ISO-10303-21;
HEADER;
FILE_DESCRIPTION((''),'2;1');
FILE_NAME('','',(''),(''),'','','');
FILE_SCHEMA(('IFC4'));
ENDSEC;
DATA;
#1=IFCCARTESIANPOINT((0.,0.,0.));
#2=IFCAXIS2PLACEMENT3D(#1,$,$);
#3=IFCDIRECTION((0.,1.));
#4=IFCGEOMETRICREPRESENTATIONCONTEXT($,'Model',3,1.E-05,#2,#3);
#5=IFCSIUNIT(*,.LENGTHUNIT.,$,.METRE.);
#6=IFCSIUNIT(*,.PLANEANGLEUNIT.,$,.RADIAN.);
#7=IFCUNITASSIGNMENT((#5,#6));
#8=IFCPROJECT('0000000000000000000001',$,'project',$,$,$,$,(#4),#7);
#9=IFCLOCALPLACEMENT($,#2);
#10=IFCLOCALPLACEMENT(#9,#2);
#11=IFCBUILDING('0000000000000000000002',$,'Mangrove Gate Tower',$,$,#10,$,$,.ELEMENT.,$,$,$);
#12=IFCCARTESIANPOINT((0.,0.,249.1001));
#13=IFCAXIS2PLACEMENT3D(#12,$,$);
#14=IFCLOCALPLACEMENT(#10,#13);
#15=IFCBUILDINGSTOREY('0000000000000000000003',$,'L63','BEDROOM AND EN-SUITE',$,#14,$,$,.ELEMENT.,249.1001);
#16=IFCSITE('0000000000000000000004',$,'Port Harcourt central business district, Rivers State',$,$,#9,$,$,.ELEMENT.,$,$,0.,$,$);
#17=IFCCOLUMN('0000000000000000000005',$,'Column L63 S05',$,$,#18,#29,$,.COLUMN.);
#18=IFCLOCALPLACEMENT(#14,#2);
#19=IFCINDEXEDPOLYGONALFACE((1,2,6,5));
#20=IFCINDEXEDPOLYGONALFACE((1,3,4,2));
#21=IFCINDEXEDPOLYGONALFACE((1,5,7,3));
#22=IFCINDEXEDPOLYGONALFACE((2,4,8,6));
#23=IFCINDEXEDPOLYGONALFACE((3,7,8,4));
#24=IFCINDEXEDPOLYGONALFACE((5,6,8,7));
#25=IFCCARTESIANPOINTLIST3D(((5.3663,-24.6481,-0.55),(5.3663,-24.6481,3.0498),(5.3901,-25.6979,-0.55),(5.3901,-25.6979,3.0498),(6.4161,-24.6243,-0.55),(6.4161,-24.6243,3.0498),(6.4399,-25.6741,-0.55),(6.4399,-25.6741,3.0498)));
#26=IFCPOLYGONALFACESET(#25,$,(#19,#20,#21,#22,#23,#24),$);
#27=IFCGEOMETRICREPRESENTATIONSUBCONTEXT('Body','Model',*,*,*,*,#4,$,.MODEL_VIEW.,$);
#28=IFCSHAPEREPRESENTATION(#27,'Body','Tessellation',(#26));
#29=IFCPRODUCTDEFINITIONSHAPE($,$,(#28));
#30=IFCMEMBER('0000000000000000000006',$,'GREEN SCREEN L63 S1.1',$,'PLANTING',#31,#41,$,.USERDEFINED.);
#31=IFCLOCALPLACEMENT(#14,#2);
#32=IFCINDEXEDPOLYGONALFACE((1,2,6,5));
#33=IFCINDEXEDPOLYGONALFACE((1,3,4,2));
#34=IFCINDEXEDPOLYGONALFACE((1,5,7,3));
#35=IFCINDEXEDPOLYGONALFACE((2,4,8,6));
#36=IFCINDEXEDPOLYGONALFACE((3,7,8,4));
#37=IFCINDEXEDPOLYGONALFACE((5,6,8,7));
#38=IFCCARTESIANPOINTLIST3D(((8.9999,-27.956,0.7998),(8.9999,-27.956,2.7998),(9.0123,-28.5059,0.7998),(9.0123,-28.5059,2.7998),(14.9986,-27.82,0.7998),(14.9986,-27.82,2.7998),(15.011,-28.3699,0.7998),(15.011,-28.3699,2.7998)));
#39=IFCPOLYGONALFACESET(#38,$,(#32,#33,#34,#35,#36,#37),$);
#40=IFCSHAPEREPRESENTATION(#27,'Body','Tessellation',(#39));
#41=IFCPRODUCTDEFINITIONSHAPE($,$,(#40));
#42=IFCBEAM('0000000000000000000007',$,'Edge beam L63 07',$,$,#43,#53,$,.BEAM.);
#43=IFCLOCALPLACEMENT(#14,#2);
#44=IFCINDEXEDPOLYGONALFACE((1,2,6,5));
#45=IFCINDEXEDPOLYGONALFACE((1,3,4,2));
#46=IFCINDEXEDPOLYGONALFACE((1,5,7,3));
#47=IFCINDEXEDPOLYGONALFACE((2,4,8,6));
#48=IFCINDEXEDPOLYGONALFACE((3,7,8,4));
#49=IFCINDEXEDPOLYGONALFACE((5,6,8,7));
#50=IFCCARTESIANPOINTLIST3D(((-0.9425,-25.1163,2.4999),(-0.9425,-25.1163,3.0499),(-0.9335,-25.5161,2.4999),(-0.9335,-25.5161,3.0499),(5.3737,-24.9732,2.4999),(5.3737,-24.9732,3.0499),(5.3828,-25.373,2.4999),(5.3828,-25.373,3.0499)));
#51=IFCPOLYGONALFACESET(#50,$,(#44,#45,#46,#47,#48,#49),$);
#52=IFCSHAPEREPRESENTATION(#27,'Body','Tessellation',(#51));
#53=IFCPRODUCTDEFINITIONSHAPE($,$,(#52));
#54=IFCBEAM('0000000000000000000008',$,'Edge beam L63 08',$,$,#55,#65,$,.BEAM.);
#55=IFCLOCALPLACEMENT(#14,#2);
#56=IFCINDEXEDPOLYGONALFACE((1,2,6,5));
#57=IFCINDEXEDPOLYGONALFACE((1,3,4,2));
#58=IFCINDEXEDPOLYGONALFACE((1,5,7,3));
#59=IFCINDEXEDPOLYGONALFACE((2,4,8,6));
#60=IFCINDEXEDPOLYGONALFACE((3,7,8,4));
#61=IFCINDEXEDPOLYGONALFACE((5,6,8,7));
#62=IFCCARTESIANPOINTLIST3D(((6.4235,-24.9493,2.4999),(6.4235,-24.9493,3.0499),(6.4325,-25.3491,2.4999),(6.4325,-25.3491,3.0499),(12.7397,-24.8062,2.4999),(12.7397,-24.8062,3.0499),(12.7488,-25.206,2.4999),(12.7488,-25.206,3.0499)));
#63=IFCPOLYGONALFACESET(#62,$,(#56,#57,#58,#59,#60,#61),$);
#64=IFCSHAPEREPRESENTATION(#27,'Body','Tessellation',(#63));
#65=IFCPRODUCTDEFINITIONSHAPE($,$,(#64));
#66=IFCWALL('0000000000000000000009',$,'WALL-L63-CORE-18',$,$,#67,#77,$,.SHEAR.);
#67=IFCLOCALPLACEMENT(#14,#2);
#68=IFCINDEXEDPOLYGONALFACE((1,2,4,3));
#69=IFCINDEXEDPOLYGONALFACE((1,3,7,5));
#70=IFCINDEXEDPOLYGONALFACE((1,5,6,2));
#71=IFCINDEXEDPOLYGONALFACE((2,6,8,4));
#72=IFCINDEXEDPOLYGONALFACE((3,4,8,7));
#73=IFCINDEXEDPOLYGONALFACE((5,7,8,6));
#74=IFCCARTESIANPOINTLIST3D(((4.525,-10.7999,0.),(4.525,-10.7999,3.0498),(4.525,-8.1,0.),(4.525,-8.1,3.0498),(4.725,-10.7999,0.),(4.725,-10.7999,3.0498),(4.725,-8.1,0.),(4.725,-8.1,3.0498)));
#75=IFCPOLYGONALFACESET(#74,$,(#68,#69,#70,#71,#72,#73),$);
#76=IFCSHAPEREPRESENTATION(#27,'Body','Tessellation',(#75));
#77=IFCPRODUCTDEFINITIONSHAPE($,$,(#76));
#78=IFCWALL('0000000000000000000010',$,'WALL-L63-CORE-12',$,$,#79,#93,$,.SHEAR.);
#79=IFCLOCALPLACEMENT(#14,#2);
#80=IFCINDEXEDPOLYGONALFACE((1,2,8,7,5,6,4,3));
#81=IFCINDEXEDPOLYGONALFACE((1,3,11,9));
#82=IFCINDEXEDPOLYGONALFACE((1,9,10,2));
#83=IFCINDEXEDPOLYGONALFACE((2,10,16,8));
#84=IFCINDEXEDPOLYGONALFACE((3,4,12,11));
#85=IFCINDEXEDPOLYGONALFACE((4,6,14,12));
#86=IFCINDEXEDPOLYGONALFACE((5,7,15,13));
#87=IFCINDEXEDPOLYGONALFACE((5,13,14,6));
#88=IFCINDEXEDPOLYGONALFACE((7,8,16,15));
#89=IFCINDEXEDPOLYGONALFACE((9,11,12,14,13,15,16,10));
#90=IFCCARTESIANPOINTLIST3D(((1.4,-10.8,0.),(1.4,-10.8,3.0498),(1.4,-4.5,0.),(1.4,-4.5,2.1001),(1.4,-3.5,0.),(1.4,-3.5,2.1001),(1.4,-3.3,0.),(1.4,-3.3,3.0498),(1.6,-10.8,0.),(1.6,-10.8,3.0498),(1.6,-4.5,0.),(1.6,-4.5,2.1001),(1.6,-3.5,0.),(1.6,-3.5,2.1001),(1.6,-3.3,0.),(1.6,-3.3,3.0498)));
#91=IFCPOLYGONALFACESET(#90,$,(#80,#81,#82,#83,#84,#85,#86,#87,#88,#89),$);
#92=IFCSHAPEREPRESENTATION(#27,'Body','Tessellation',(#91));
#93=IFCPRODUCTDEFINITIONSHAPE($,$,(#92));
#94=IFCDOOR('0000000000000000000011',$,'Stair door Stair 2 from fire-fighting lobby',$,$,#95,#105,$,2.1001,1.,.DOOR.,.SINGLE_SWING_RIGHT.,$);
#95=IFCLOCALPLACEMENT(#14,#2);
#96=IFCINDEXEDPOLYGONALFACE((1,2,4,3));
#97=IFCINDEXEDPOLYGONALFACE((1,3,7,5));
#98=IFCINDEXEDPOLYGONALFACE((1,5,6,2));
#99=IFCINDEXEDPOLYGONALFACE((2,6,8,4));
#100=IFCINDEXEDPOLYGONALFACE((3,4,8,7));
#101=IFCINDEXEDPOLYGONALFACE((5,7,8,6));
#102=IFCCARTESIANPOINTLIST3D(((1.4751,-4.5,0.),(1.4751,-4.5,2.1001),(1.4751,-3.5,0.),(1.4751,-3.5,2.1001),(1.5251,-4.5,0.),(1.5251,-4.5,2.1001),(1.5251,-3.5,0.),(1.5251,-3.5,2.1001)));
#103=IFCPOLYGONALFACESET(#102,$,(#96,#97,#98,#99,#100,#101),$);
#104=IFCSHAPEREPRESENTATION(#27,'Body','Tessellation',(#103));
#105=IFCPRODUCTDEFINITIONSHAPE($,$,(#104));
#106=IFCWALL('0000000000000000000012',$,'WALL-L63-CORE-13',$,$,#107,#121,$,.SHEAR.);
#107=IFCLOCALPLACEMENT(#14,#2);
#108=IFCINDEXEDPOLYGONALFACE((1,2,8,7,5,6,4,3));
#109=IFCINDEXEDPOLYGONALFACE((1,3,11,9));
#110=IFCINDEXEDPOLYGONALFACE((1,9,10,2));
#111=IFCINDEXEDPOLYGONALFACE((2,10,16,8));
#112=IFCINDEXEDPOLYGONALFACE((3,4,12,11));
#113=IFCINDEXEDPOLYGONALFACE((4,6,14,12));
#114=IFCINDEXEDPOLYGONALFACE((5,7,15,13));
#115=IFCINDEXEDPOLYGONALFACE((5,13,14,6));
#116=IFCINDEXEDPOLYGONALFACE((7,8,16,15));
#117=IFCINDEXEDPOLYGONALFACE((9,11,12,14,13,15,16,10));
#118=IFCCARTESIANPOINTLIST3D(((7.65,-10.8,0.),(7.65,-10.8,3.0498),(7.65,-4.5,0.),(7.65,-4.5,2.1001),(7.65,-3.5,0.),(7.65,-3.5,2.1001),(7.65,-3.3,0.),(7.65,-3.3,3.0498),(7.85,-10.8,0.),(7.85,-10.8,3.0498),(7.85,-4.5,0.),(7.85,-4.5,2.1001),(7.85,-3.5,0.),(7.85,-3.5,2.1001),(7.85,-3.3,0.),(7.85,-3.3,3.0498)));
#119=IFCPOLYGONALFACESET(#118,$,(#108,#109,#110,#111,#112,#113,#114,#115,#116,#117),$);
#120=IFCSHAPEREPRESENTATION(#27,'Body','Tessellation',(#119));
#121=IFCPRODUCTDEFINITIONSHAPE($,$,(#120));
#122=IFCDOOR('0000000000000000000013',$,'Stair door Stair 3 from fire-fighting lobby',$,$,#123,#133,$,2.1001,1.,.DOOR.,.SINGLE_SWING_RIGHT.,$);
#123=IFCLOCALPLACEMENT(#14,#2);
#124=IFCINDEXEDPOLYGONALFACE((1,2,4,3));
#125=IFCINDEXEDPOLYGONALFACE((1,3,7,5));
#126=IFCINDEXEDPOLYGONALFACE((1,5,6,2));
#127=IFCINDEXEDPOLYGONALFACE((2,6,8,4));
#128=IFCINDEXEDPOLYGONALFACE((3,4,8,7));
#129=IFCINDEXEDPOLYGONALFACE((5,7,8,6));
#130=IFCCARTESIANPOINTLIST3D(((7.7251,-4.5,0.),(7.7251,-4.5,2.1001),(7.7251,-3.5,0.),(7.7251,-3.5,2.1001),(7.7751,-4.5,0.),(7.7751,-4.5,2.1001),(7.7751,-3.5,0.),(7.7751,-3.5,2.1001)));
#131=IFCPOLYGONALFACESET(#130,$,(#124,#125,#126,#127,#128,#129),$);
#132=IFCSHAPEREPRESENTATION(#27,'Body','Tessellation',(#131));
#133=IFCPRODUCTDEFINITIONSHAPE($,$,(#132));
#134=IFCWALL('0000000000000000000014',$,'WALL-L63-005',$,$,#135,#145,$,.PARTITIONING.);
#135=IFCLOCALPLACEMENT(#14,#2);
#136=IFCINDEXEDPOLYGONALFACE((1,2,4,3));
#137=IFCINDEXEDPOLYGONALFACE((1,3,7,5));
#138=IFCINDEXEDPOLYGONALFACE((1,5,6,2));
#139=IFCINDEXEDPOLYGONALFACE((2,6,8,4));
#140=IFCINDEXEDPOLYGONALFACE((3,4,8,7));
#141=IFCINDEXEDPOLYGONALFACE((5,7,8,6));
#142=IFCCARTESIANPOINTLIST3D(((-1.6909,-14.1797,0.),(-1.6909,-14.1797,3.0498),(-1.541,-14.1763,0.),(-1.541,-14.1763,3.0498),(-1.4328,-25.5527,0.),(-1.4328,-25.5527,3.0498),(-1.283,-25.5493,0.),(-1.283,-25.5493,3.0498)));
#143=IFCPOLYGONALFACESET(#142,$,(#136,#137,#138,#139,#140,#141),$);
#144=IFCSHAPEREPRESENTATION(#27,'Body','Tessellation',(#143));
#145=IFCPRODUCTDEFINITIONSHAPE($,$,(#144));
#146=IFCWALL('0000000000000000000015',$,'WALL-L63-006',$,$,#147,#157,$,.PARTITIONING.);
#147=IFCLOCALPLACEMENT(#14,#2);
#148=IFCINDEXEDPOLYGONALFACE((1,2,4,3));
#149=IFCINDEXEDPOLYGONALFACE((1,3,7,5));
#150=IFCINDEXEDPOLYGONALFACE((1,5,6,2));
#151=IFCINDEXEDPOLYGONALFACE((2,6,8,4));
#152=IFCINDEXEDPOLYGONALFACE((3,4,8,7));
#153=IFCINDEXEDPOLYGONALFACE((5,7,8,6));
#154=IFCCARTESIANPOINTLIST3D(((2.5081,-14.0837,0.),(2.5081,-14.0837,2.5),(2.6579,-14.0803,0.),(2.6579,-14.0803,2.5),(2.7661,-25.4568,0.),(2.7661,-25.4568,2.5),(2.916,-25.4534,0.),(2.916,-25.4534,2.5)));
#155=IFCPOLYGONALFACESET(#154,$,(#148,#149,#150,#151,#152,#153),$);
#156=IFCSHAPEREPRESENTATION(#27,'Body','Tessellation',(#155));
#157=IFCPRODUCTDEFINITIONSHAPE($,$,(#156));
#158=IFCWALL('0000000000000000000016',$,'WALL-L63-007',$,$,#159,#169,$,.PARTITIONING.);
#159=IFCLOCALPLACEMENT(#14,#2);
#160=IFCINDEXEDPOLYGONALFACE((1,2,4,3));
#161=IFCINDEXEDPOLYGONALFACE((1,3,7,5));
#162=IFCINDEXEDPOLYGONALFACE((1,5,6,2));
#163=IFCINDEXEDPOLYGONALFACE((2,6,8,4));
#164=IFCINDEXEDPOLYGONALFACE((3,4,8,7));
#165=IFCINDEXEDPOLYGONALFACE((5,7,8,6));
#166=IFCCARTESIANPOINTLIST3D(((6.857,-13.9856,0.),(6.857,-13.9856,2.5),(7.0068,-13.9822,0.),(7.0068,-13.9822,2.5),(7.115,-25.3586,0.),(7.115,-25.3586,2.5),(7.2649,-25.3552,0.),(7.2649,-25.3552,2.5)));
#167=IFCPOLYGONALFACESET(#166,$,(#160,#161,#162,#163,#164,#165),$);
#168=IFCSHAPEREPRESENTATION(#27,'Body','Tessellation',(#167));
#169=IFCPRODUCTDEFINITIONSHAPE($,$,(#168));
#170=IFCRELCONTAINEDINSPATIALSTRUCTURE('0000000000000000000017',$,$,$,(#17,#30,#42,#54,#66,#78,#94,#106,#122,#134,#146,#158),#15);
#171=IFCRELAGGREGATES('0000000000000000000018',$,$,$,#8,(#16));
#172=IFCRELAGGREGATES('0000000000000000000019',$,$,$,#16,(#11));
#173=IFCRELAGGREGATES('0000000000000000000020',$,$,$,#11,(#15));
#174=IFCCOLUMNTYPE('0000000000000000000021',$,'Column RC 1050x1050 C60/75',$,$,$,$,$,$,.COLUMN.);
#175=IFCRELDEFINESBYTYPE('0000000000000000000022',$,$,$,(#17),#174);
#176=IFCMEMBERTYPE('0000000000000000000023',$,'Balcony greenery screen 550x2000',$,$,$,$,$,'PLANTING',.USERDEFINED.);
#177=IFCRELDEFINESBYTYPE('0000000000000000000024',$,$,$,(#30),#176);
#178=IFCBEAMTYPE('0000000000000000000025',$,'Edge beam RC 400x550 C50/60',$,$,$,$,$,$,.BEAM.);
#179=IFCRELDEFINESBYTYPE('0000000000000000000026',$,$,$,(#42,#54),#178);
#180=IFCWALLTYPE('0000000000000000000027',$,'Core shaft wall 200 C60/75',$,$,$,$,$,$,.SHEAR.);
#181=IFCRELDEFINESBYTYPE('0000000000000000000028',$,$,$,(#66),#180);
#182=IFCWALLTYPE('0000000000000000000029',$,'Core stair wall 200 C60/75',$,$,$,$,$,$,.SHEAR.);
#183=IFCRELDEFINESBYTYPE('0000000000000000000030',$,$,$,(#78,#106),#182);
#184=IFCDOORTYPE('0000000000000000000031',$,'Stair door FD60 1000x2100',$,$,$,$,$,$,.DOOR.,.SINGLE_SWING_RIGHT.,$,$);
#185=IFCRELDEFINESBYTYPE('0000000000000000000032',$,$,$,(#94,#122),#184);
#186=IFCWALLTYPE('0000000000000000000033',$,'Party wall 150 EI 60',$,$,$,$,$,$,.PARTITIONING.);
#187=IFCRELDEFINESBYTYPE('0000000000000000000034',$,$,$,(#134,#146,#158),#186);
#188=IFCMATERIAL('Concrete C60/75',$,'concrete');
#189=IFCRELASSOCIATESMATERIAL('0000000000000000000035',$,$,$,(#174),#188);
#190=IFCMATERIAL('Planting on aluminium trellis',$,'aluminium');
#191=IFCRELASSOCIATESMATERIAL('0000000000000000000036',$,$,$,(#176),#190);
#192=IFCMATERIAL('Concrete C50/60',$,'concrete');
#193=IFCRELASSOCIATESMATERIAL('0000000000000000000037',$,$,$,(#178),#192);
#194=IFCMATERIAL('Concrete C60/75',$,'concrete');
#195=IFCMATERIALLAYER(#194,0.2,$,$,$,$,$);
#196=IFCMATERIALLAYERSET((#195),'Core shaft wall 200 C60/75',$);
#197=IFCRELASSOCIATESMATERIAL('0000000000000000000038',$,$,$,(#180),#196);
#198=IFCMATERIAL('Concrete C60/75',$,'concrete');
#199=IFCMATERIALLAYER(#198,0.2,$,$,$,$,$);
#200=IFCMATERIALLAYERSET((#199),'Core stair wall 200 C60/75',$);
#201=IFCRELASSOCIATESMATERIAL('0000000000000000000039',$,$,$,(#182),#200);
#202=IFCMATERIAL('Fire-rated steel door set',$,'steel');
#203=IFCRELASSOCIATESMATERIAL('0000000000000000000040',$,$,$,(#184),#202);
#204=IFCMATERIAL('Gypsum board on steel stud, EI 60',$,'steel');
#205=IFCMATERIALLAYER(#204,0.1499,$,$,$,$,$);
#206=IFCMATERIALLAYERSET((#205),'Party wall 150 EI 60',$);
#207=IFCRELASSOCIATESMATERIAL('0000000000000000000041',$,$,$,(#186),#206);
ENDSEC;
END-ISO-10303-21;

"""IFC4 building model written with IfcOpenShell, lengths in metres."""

from ifc_helpers import new_model, si_unit, direction, frame, frame_2d, origin, origin_2d, place, context, subcontext, project, spatial, rectangle, extrude, material, layer, layer_set, material_profile, profile_set, type_object, element, fill, save


model = new_model("IFC4")

# Units and contexts
model_context = context("Model", 3, precision=1e-05, world=origin(), true_north=direction((0.0, 1.0)))
body_context = subcontext(model_context, "Body", "Model", "MODEL_VIEW")
ifc_project = project(units=[si_unit("LENGTHUNIT", "METRE"), si_unit("PLANEANGLEUNIT", "RADIAN")], contexts=[model_context])

# Site, building, storey
site_placement = place(None, origin())
site = spatial("IfcSite", under=ifc_project, at=site_placement, Name="Port Harcourt central business district, Rivers State", CompositionType="ELEMENT", RefElevation=0.0)
building_placement = place(site_placement, origin())
building = spatial("IfcBuilding", under=site, at=building_placement, Name="Mangrove Gate Tower", CompositionType="ELEMENT")
storey_placement = place(building_placement, frame((0.0, 0.0, 249.1001)))
storey = spatial("IfcBuildingStorey", under=building, at=storey_placement, Name="L63", Description="BEDROOM AND EN-SUITE", CompositionType="ELEMENT", Elevation=249.1001)

# Column
ifc_material_1 = material(Name="Concrete C60/75", Category="concrete")
ifc_material_profile_1 = material_profile(ifc_material_1, rectangle(XDim=1.05, YDim=1.05, at=origin_2d()))
ifc_profile_set_1 = profile_set([ifc_material_profile_1], Name="Concrete C60/75")
column_type = type_object("IfcColumnType", Name="Column RC 1050x1050 C60/75", PredefinedType="COLUMN", material=ifc_profile_set_1)
column_placement = place(storey_placement, frame((5.9031, -25.1611, -0.55), z_axis=(0.0, 0.0, 1.0), x_axis=(0.999743, 0.022666, 0.0)))
element("IfcColumn", 1, at=column_placement, inside=storey, type_object=column_type, Name="Column L63 S05", PredefinedType="COLUMN", context=body_context, shape_type="SweptSolid", body=[
    extrude(rectangle(XDim=1.05, YDim=1.05, at=origin_2d()), origin(), (0.0, 0.0, 1.0), 3.5999),
])

# Member
ifc_material_2 = material(Name="Planting on aluminium trellis", Category="aluminium")
ifc_material_profile_2 = material_profile(ifc_material_2, rectangle(XDim=0.55, YDim=2.0, at=origin_2d()))
ifc_profile_set_2 = profile_set([ifc_material_profile_2], Name="Planting on aluminium trellis")
member_type = type_object("IfcMemberType", Name="Balcony greenery screen 550x2000", ElementType="PLANTING", PredefinedType="USERDEFINED", material=ifc_profile_set_2)
member_placement = place(storey_placement, frame((9.0061, -28.231, 1.7998), z_axis=(0.999743, 0.022663, 0.0), x_axis=(-0.022663, 0.999743, 0.0)))
element("IfcMember", 2, at=member_placement, inside=storey, type_object=member_type, Name="GREEN SCREEN L63 S1.1", ObjectType="PLANTING", PredefinedType="USERDEFINED", context=body_context, shape_type="SweptSolid", body=[
    extrude(rectangle(XDim=0.55, YDim=2.0, at=origin_2d()), origin(), (0.0, 0.0, 1.0), 6.0002),
])

# Beams
ifc_material_3 = material(Name="Concrete C50/60", Category="concrete")
ifc_material_profile_3 = material_profile(ifc_material_3, rectangle(XDim=0.3999, YDim=0.55, at=origin_2d()))
ifc_profile_set_3 = profile_set([ifc_material_profile_3], Name="Concrete C50/60")
beam_type = type_object("IfcBeamType", Name="Edge beam RC 400x550 C50/60", PredefinedType="BEAM", material=ifc_profile_set_3)
for number, where, z_axis, x_axis, name in (
    (3, (-0.938, -25.3162, 2.7749), (0.999744, 0.022645, 0.0), (-0.022645, 0.999744, 0.0), "Edge beam L63 07"),
    (4, (6.428, -25.1492, 2.7749), (0.999744, 0.022645, 0.0), (-0.022645, 0.999744, 0.0), "Edge beam L63 08"),
):
    element("IfcBeam", number, at=place(storey_placement, frame(where, z_axis=z_axis, x_axis=x_axis)), inside=storey, type_object=beam_type, Name=name, PredefinedType="BEAM", context=body_context, shape_type="SweptSolid", body=[
        extrude(rectangle(XDim=0.3999, YDim=0.55, at=origin_2d()), origin(), (0.0, 0.0, 1.0), 6.3179),
    ])

# Wall
ifc_material_4 = material(Name="Concrete C60/75", Category="concrete")
ifc_layer_1 = layer(ifc_material_4, 0.2)
ifc_layer_set_1 = layer_set([ifc_layer_1], Name="Core shaft wall 200 C60/75")
wall_type_1 = type_object("IfcWallType", Name="Core shaft wall 200 C60/75", PredefinedType="SHEAR", material=ifc_layer_set_1)
wall_1_placement = place(storey_placement, frame((4.625, -10.8, 0.0), z_axis=(0.0, 0.0, 1.0), x_axis=(0.0, 1.0, 0.0)))
element("IfcWall", 5, at=wall_1_placement, inside=storey, type_object=wall_type_1, Name="WALL-L63-CORE-18", PredefinedType="SHEAR", context=body_context, shape_type="SweptSolid", body=[
    extrude(rectangle(XDim=2.7, YDim=0.2, at=frame_2d((1.3501, 0.0))), origin(), (0.0, 0.0, 1.0), 3.0498),
])

# Walls, openings, doors
ifc_material_5 = material(Name="Concrete C60/75", Category="concrete")
ifc_layer_2 = layer(ifc_material_5, 0.2)
ifc_layer_set_2 = layer_set([ifc_layer_2], Name="Core stair wall 200 C60/75")
wall_type_2 = type_object("IfcWallType", Name="Core stair wall 200 C60/75", PredefinedType="SHEAR", material=ifc_layer_set_2)
wall_2_placement = place(storey_placement, frame((1.5, -10.8, 0.0), z_axis=(0.0, 0.0, 1.0), x_axis=(0.0, 1.0, 0.0)))
wall_2 = element("IfcWall", 6, at=wall_2_placement, inside=storey, type_object=wall_type_2, Name="WALL-L63-CORE-12", PredefinedType="SHEAR", context=body_context, shape_type="SweptSolid", body=[
    extrude(rectangle(XDim=7.5, YDim=0.2, at=frame_2d((3.75, 0.0))), origin(), (0.0, 0.0, 1.0), 3.0498),
])
opening_1_placement = place(wall_2_placement, frame((6.3, 0.0, 0.0)))
opening_1 = element("IfcOpeningElement", 7, at=opening_1_placement, cuts=wall_2, PredefinedType="OPENING", context=body_context, shape_type="SweptSolid", body=[
    extrude(rectangle(XDim=1.0, YDim=2.1001, at=frame_2d((0.5, 1.05))), frame((0.0, 0.1099, 0.0), z_axis=(0.0, -1.0, 0.0), x_axis=(1.0, 0.0, 0.0)), (0.0, 0.0, 1.0), 0.22),
])
ifc_material_6 = material(Name="Fire-rated steel door set", Category="steel")
door_type_1 = type_object("IfcDoorType", Name="Stair door FD60 1000x2100", OperationType="SINGLE_SWING_RIGHT", PredefinedType="DOOR", material=ifc_material_6)
door_1_placement = place(opening_1_placement, origin())
door_1 = element("IfcDoor", 8, at=door_1_placement, inside=storey, type_object=door_type_1, Name="Stair door Stair 2 from fire-fighting lobby", OperationType="SINGLE_SWING_RIGHT", OverallHeight=2.1001, OverallWidth=1.0, PredefinedType="DOOR", context=body_context, shape_type="SweptSolid", body=[
    extrude(rectangle(XDim=1.0, YDim=2.1001, at=frame_2d((0.5, 1.05))), frame((0.0, 0.0249, 0.0), z_axis=(0.0, -1.0, 0.0), x_axis=(1.0, 0.0, 0.0)), (0.0, 0.0, 1.0), 0.05),
])
fill(opening_1, door_1)
wall_3_placement = place(storey_placement, frame((7.75, -10.8, 0.0), z_axis=(0.0, 0.0, 1.0), x_axis=(0.0, 1.0, 0.0)))
wall_3 = element("IfcWall", 9, at=wall_3_placement, inside=storey, type_object=wall_type_2, Name="WALL-L63-CORE-13", PredefinedType="SHEAR", context=body_context, shape_type="SweptSolid", body=[
    extrude(rectangle(XDim=7.5, YDim=0.2, at=frame_2d((3.75, 0.0))), origin(), (0.0, 0.0, 1.0), 3.0498),
])
opening_2_placement = place(wall_3_placement, frame((6.3, 0.0, 0.0)))
opening_2 = element("IfcOpeningElement", 10, at=opening_2_placement, cuts=wall_3, PredefinedType="OPENING", context=body_context, shape_type="SweptSolid", body=[
    extrude(rectangle(XDim=1.0, YDim=2.1001, at=frame_2d((0.5, 1.05))), frame((0.0, 0.1099, 0.0), z_axis=(0.0, -1.0, 0.0), x_axis=(1.0, 0.0, 0.0)), (0.0, 0.0, 1.0), 0.22),
])
door_2_placement = place(opening_2_placement, origin())
door_2 = element("IfcDoor", 11, at=door_2_placement, inside=storey, type_object=door_type_1, Name="Stair door Stair 3 from fire-fighting lobby", OperationType="SINGLE_SWING_RIGHT", OverallHeight=2.1001, OverallWidth=1.0, PredefinedType="DOOR", context=body_context, shape_type="SweptSolid", body=[
    extrude(rectangle(XDim=1.0, YDim=2.1001, at=frame_2d((0.5, 1.05))), frame((0.0, 0.0249, 0.0), z_axis=(0.0, -1.0, 0.0), x_axis=(1.0, 0.0, 0.0)), (0.0, 0.0, 1.0), 0.05),
])
fill(opening_2, door_2)

# Walls
ifc_material_7 = material(Name="Gypsum board on steel stud, EI 60", Category="steel")
ifc_layer_3 = layer(ifc_material_7, 0.1499)
ifc_layer_set_3 = layer_set([ifc_layer_3], Name="Party wall 150 EI 60")
wall_type_3 = type_object("IfcWallType", Name="Party wall 150 EI 60", PredefinedType="PARTITIONING", material=ifc_layer_set_3)
wall_4_placement = place(storey_placement, frame((-1.3579, -25.551, 0.0), z_axis=(0.0, 0.0, 1.0), x_axis=(-0.022684, 0.999743, 0.0)))
element("IfcWall", 12, at=wall_4_placement, inside=storey, type_object=wall_type_3, Name="WALL-L63-005", PredefinedType="PARTITIONING", context=body_context, shape_type="SweptSolid", body=[
    extrude(rectangle(XDim=11.376, YDim=0.1499, at=frame_2d((5.688, 0.0))), origin(), (0.0, 0.0, 1.0), 3.0498),
])
for number, where, z_axis, x_axis, name in (
    (13, (2.8411, -25.4551, 0.0), (0.0, 0.0, 1.0), (-0.022684, 0.999743, 0.0), "WALL-L63-006"),
    (14, (7.1899, -25.3569, 0.0), (0.0, 0.0, 1.0), (-0.022684, 0.999743, 0.0), "WALL-L63-007"),
):
    element("IfcWall", number, at=place(storey_placement, frame(where, z_axis=z_axis, x_axis=x_axis)), inside=storey, type_object=wall_type_3, Name=name, PredefinedType="PARTITIONING", context=body_context, shape_type="SweptSolid", body=[
        extrude(rectangle(XDim=11.376, YDim=0.1499, at=frame_2d((5.688, 0.0))), origin(), (0.0, 0.0, 1.0), 2.5),
    ])

save(model, "model.ifc")
